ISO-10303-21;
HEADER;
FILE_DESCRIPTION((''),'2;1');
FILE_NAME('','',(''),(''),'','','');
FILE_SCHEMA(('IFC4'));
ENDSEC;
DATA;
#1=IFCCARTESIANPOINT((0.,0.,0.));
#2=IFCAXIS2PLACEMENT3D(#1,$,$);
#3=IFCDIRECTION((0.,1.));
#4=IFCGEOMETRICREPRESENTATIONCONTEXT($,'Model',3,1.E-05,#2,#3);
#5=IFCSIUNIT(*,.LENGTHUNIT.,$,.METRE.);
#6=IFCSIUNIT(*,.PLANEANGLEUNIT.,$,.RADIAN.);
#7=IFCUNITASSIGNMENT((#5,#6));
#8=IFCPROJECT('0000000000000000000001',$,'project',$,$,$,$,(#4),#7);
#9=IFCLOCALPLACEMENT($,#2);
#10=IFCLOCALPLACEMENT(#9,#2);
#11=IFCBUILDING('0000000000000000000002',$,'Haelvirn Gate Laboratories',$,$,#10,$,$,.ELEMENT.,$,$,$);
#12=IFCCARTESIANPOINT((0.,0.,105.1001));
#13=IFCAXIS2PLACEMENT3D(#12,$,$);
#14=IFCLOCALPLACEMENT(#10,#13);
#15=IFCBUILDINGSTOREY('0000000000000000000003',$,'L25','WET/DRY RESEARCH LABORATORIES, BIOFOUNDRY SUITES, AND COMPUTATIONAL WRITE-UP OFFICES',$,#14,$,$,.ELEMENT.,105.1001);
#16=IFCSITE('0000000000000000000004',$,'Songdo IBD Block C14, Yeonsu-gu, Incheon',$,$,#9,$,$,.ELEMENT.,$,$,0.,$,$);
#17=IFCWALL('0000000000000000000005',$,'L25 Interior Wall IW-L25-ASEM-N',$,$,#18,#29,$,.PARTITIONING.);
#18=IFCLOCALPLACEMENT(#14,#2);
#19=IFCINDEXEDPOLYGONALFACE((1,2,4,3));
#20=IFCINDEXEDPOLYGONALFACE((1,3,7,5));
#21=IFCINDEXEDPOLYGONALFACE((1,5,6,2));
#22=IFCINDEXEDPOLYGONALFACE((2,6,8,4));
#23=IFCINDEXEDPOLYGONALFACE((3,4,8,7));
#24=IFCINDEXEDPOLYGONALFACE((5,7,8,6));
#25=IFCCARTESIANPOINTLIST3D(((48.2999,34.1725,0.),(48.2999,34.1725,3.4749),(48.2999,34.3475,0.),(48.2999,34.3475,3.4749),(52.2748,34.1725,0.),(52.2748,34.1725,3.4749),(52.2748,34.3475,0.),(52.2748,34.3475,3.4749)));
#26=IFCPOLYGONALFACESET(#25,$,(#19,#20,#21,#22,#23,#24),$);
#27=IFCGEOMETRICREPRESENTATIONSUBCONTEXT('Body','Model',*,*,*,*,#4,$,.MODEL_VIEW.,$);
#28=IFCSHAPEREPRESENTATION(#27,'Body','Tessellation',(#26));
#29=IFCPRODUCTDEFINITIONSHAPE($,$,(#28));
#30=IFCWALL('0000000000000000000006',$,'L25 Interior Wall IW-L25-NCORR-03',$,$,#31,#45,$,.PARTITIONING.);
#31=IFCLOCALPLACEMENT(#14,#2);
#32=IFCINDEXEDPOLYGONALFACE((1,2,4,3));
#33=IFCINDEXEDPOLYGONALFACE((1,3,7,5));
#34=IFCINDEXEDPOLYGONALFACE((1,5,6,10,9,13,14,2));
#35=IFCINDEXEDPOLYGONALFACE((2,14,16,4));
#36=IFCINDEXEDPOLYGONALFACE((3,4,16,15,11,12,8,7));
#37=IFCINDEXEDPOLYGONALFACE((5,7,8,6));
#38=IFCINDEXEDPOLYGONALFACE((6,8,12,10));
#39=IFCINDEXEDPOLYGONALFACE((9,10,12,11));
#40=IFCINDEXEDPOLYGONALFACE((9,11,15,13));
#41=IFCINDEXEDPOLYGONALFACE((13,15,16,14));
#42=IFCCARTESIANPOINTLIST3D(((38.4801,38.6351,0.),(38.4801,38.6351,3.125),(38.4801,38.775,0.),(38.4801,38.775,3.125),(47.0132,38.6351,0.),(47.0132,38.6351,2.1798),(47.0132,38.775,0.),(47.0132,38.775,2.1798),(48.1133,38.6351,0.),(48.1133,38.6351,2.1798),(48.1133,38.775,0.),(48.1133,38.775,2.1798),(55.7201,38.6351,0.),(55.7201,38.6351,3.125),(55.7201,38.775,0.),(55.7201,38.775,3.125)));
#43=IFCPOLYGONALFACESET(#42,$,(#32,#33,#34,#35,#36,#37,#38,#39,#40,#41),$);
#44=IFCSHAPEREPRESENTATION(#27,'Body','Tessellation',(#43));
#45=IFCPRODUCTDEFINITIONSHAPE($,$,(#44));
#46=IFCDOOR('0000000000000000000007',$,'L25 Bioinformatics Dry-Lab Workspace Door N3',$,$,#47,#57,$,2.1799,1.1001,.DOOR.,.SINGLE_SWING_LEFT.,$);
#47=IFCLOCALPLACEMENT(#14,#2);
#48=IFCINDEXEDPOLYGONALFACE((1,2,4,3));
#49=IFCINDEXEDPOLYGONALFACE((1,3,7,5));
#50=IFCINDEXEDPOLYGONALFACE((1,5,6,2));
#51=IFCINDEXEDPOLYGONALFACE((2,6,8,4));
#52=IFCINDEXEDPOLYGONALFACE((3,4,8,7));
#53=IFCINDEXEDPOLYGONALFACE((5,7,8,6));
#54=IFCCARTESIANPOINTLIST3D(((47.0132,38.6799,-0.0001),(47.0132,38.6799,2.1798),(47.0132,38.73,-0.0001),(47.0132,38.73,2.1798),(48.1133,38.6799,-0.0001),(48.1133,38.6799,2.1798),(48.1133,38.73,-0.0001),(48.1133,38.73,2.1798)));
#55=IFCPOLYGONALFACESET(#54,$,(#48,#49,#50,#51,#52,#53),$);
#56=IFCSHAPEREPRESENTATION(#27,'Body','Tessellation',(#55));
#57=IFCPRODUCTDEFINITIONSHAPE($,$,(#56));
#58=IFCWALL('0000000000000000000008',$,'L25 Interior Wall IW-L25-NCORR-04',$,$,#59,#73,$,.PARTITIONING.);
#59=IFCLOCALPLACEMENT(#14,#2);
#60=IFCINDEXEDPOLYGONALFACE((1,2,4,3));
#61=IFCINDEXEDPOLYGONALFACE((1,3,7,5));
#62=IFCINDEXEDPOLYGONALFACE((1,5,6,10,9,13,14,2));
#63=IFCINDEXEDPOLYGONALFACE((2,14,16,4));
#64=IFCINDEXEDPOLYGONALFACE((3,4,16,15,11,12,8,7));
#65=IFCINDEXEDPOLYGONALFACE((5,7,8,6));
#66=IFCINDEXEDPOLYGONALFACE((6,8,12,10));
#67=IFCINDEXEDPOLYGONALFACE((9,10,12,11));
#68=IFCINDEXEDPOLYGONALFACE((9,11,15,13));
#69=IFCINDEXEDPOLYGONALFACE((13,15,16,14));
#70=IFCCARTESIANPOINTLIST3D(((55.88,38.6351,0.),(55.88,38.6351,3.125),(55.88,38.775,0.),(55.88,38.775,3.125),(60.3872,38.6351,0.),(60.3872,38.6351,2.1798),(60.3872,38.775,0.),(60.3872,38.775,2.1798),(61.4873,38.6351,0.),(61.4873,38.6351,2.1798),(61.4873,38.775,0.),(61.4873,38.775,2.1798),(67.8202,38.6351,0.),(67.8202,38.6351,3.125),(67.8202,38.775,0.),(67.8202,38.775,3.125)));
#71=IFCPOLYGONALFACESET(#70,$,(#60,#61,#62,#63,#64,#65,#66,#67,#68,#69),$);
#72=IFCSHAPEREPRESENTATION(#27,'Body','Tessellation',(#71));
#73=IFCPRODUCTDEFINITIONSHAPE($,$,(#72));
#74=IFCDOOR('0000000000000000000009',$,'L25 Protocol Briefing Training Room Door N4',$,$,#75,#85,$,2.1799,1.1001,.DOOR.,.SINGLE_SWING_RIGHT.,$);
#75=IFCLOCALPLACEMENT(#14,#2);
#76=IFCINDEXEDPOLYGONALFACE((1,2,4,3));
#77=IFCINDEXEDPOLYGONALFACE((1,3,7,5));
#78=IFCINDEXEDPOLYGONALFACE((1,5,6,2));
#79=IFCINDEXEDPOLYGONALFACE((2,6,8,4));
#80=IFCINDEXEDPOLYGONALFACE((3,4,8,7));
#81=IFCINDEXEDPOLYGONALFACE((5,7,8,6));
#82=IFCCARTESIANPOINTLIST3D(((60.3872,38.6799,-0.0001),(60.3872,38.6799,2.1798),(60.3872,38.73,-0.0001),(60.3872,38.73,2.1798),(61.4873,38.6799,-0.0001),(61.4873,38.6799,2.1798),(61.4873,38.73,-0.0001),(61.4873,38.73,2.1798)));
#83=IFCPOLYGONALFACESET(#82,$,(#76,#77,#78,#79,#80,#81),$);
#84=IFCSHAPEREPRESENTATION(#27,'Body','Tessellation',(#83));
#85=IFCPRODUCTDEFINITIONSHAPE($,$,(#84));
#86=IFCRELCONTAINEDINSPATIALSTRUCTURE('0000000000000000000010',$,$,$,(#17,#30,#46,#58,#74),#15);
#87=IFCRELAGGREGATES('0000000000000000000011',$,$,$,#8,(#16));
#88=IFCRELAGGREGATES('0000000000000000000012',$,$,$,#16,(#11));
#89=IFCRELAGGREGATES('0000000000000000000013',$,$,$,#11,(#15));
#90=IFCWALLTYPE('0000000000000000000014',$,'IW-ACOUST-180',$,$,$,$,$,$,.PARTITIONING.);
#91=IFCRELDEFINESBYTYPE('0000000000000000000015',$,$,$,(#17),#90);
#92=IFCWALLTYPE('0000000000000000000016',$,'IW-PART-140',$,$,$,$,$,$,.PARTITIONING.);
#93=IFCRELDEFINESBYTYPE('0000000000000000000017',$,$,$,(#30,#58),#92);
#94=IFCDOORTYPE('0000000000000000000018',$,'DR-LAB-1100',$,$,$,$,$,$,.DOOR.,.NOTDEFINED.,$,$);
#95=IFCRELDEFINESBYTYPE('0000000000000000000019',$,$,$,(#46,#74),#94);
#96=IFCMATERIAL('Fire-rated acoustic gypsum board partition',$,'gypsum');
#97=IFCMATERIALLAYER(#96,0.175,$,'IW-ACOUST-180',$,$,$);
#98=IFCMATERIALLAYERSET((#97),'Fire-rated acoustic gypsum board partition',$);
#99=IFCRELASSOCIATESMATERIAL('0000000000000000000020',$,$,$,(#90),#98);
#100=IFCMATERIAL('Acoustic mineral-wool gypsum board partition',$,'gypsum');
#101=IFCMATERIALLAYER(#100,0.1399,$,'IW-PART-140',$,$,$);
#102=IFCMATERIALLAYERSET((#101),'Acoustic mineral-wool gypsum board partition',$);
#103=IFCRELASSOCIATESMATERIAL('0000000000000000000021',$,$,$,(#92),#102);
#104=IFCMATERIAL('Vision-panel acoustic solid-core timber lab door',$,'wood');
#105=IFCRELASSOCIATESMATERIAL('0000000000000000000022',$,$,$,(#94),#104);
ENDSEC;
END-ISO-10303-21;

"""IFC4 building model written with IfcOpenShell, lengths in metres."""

from ifc_helpers import new_model, si_unit, direction, frame, frame_2d, origin, place, context, subcontext, project, spatial, rectangle, extrude, source, transform, mapped, material, layer, layer_set, type_object, type_shapes, element, fill, save


model = new_model("IFC4")

# Units and contexts
model_context = context("Model", 3, precision=1e-05, world=origin(), true_north=direction((0.0, 1.0)))
body_context = subcontext(model_context, "Body", "Model", "MODEL_VIEW")
ifc_project = project(units=[si_unit("LENGTHUNIT", "METRE"), si_unit("PLANEANGLEUNIT", "RADIAN")], contexts=[model_context])

# Site, building, storey
site_placement = place(None, origin())
site = spatial("IfcSite", under=ifc_project, at=site_placement, Name="Songdo IBD Block C14, Yeonsu-gu, Incheon", CompositionType="ELEMENT", RefElevation=0.0)
building_placement = place(site_placement, origin())
building = spatial("IfcBuilding", under=site, at=building_placement, Name="Haelvirn Gate Laboratories", CompositionType="ELEMENT")
storey_placement = place(building_placement, frame((0.0, 0.0, 105.1001)))
storey = spatial("IfcBuildingStorey", under=building, at=storey_placement, Name="L25", Description="WET/DRY RESEARCH LABORATORIES, BIOFOUNDRY SUITES, AND COMPUTATIONAL WRITE-UP OFFICES", CompositionType="ELEMENT", Elevation=105.1001)

# Wall
ifc_material_1 = material(Name="Fire-rated acoustic gypsum board partition", Category="gypsum")
ifc_layer_1 = layer(ifc_material_1, 0.175, Name="IW-ACOUST-180")
ifc_layer_set_1 = layer_set([ifc_layer_1], Name="Fire-rated acoustic gypsum board partition")
wall_type_1 = type_object("IfcWallType", Name="IW-ACOUST-180", PredefinedType="PARTITIONING", material=ifc_layer_set_1)
wall_1_placement = place(storey_placement, frame((48.3, 34.26, 0.0), z_axis=(0.0, 0.0, 1.0), x_axis=(1.0, 0.0, 0.0)))
element("IfcWall", 1, at=wall_1_placement, inside=storey, type_object=wall_type_1, Name="L25 Interior Wall IW-L25-ASEM-N", PredefinedType="PARTITIONING", context=body_context, shape_type="SweptSolid", body=[
    extrude(rectangle(XDim=3.9749, YDim=0.175, at=frame_2d((1.9873, 0.0))), origin(), (0.0, 0.0, 1.0), 3.4749),
])

# Walls, openings, doors
ifc_material_2 = material(Name="Acoustic mineral-wool gypsum board partition", Category="gypsum")
ifc_layer_2 = layer(ifc_material_2, 0.1399, Name="IW-PART-140")
ifc_layer_set_2 = layer_set([ifc_layer_2], Name="Acoustic mineral-wool gypsum board partition")
wall_type_2 = type_object("IfcWallType", Name="IW-PART-140", PredefinedType="PARTITIONING", material=ifc_layer_set_2)
wall_2_placement = place(storey_placement, frame((38.48, 38.7051, 0.0), z_axis=(0.0, 0.0, 1.0), x_axis=(1.0, 0.0, 0.0)))
wall_2 = element("IfcWall", 2, at=wall_2_placement, inside=storey, type_object=wall_type_2, Name="L25 Interior Wall IW-L25-NCORR-03", PredefinedType="PARTITIONING", context=body_context, shape_type="SweptSolid", body=[
    extrude(rectangle(XDim=17.24, YDim=0.1399, at=frame_2d((8.6201, 0.0))), origin(), (0.0, 0.0, 1.0), 3.125),
])
opening_1_placement = place(wall_2_placement, frame((8.5332, 0.0, 0.0)))
opening_1 = element("IfcOpeningElement", 3, at=opening_1_placement, cuts=wall_2, PredefinedType="OPENING", context=body_context, shape_type="SweptSolid", body=[
    extrude(rectangle(XDim=1.1001, YDim=2.1799, at=frame_2d((0.55, 1.0898))), frame((0.0, 0.0801, 0.0), z_axis=(0.0, -1.0, 0.0), x_axis=(1.0, 0.0, 0.0)), (0.0, 0.0, 1.0), 0.1599),
])
ifc_material_3 = material(Name="Vision-panel acoustic solid-core timber lab door", Category="wood")
door_type = type_object("IfcDoorType", Name="DR-LAB-1100", OperationType="NOTDEFINED", PredefinedType="DOOR", material=ifc_material_3)
shared_shape_1 = source(origin(), body_context, "Body", "SweptSolid", [
    extrude(rectangle(XDim=1.1001, YDim=2.1799, at=frame_2d((0.55, 1.0898))), frame((0.0, 0.0249, 0.0), z_axis=(0.0, -1.0, 0.0), x_axis=(1.0, 0.0, 0.0)), (0.0, 0.0, 1.0), 0.05),
])
type_shapes(door_type, [shared_shape_1])
door_1_placement = place(opening_1_placement, origin())
door_1 = element("IfcDoor", 4, at=door_1_placement, inside=storey, type_object=door_type, Name="L25 Bioinformatics Dry-Lab Workspace Door N3", OperationType="SINGLE_SWING_LEFT", OverallHeight=2.1799, OverallWidth=1.1001, PredefinedType="DOOR", context=body_context, shape_type="MappedRepresentation", body=[
    mapped(shared_shape_1, transform((0.0, 0.0, 0.0), scale=1.0)),
])
fill(opening_1, door_1)
wall_3_placement = place(storey_placement, frame((55.8799, 38.7051, 0.0), z_axis=(0.0, 0.0, 1.0), x_axis=(1.0, 0.0, 0.0)))
wall_3 = element("IfcWall", 5, at=wall_3_placement, inside=storey, type_object=wall_type_2, Name="L25 Interior Wall IW-L25-NCORR-04", PredefinedType="PARTITIONING", context=body_context, shape_type="SweptSolid", body=[
    extrude(rectangle(XDim=11.9402, YDim=0.1399, at=frame_2d((5.9702, 0.0))), origin(), (0.0, 0.0, 1.0), 3.125),
])
opening_2_placement = place(wall_3_placement, frame((4.5073, 0.0, 0.0)))
opening_2 = element("IfcOpeningElement", 6, at=opening_2_placement, cuts=wall_3, PredefinedType="OPENING", context=body_context, shape_type="SweptSolid", body=[
    extrude(rectangle(XDim=1.1001, YDim=2.1799, at=frame_2d((0.55, 1.0898))), frame((0.0, 0.0801, 0.0), z_axis=(0.0, -1.0, 0.0), x_axis=(1.0, 0.0, 0.0)), (0.0, 0.0, 1.0), 0.1599),
])
door_2_placement = place(opening_2_placement, origin())
door_2 = element("IfcDoor", 7, at=door_2_placement, inside=storey, type_object=door_type, Name="L25 Protocol Briefing Training Room Door N4", OperationType="SINGLE_SWING_RIGHT", OverallHeight=2.1799, OverallWidth=1.1001, PredefinedType="DOOR", context=body_context, shape_type="MappedRepresentation", body=[
    mapped(shared_shape_1, transform((0.0, 0.0, 0.0), scale=1.0)),
])
fill(opening_2, door_2)

save(model, "model.ifc")
